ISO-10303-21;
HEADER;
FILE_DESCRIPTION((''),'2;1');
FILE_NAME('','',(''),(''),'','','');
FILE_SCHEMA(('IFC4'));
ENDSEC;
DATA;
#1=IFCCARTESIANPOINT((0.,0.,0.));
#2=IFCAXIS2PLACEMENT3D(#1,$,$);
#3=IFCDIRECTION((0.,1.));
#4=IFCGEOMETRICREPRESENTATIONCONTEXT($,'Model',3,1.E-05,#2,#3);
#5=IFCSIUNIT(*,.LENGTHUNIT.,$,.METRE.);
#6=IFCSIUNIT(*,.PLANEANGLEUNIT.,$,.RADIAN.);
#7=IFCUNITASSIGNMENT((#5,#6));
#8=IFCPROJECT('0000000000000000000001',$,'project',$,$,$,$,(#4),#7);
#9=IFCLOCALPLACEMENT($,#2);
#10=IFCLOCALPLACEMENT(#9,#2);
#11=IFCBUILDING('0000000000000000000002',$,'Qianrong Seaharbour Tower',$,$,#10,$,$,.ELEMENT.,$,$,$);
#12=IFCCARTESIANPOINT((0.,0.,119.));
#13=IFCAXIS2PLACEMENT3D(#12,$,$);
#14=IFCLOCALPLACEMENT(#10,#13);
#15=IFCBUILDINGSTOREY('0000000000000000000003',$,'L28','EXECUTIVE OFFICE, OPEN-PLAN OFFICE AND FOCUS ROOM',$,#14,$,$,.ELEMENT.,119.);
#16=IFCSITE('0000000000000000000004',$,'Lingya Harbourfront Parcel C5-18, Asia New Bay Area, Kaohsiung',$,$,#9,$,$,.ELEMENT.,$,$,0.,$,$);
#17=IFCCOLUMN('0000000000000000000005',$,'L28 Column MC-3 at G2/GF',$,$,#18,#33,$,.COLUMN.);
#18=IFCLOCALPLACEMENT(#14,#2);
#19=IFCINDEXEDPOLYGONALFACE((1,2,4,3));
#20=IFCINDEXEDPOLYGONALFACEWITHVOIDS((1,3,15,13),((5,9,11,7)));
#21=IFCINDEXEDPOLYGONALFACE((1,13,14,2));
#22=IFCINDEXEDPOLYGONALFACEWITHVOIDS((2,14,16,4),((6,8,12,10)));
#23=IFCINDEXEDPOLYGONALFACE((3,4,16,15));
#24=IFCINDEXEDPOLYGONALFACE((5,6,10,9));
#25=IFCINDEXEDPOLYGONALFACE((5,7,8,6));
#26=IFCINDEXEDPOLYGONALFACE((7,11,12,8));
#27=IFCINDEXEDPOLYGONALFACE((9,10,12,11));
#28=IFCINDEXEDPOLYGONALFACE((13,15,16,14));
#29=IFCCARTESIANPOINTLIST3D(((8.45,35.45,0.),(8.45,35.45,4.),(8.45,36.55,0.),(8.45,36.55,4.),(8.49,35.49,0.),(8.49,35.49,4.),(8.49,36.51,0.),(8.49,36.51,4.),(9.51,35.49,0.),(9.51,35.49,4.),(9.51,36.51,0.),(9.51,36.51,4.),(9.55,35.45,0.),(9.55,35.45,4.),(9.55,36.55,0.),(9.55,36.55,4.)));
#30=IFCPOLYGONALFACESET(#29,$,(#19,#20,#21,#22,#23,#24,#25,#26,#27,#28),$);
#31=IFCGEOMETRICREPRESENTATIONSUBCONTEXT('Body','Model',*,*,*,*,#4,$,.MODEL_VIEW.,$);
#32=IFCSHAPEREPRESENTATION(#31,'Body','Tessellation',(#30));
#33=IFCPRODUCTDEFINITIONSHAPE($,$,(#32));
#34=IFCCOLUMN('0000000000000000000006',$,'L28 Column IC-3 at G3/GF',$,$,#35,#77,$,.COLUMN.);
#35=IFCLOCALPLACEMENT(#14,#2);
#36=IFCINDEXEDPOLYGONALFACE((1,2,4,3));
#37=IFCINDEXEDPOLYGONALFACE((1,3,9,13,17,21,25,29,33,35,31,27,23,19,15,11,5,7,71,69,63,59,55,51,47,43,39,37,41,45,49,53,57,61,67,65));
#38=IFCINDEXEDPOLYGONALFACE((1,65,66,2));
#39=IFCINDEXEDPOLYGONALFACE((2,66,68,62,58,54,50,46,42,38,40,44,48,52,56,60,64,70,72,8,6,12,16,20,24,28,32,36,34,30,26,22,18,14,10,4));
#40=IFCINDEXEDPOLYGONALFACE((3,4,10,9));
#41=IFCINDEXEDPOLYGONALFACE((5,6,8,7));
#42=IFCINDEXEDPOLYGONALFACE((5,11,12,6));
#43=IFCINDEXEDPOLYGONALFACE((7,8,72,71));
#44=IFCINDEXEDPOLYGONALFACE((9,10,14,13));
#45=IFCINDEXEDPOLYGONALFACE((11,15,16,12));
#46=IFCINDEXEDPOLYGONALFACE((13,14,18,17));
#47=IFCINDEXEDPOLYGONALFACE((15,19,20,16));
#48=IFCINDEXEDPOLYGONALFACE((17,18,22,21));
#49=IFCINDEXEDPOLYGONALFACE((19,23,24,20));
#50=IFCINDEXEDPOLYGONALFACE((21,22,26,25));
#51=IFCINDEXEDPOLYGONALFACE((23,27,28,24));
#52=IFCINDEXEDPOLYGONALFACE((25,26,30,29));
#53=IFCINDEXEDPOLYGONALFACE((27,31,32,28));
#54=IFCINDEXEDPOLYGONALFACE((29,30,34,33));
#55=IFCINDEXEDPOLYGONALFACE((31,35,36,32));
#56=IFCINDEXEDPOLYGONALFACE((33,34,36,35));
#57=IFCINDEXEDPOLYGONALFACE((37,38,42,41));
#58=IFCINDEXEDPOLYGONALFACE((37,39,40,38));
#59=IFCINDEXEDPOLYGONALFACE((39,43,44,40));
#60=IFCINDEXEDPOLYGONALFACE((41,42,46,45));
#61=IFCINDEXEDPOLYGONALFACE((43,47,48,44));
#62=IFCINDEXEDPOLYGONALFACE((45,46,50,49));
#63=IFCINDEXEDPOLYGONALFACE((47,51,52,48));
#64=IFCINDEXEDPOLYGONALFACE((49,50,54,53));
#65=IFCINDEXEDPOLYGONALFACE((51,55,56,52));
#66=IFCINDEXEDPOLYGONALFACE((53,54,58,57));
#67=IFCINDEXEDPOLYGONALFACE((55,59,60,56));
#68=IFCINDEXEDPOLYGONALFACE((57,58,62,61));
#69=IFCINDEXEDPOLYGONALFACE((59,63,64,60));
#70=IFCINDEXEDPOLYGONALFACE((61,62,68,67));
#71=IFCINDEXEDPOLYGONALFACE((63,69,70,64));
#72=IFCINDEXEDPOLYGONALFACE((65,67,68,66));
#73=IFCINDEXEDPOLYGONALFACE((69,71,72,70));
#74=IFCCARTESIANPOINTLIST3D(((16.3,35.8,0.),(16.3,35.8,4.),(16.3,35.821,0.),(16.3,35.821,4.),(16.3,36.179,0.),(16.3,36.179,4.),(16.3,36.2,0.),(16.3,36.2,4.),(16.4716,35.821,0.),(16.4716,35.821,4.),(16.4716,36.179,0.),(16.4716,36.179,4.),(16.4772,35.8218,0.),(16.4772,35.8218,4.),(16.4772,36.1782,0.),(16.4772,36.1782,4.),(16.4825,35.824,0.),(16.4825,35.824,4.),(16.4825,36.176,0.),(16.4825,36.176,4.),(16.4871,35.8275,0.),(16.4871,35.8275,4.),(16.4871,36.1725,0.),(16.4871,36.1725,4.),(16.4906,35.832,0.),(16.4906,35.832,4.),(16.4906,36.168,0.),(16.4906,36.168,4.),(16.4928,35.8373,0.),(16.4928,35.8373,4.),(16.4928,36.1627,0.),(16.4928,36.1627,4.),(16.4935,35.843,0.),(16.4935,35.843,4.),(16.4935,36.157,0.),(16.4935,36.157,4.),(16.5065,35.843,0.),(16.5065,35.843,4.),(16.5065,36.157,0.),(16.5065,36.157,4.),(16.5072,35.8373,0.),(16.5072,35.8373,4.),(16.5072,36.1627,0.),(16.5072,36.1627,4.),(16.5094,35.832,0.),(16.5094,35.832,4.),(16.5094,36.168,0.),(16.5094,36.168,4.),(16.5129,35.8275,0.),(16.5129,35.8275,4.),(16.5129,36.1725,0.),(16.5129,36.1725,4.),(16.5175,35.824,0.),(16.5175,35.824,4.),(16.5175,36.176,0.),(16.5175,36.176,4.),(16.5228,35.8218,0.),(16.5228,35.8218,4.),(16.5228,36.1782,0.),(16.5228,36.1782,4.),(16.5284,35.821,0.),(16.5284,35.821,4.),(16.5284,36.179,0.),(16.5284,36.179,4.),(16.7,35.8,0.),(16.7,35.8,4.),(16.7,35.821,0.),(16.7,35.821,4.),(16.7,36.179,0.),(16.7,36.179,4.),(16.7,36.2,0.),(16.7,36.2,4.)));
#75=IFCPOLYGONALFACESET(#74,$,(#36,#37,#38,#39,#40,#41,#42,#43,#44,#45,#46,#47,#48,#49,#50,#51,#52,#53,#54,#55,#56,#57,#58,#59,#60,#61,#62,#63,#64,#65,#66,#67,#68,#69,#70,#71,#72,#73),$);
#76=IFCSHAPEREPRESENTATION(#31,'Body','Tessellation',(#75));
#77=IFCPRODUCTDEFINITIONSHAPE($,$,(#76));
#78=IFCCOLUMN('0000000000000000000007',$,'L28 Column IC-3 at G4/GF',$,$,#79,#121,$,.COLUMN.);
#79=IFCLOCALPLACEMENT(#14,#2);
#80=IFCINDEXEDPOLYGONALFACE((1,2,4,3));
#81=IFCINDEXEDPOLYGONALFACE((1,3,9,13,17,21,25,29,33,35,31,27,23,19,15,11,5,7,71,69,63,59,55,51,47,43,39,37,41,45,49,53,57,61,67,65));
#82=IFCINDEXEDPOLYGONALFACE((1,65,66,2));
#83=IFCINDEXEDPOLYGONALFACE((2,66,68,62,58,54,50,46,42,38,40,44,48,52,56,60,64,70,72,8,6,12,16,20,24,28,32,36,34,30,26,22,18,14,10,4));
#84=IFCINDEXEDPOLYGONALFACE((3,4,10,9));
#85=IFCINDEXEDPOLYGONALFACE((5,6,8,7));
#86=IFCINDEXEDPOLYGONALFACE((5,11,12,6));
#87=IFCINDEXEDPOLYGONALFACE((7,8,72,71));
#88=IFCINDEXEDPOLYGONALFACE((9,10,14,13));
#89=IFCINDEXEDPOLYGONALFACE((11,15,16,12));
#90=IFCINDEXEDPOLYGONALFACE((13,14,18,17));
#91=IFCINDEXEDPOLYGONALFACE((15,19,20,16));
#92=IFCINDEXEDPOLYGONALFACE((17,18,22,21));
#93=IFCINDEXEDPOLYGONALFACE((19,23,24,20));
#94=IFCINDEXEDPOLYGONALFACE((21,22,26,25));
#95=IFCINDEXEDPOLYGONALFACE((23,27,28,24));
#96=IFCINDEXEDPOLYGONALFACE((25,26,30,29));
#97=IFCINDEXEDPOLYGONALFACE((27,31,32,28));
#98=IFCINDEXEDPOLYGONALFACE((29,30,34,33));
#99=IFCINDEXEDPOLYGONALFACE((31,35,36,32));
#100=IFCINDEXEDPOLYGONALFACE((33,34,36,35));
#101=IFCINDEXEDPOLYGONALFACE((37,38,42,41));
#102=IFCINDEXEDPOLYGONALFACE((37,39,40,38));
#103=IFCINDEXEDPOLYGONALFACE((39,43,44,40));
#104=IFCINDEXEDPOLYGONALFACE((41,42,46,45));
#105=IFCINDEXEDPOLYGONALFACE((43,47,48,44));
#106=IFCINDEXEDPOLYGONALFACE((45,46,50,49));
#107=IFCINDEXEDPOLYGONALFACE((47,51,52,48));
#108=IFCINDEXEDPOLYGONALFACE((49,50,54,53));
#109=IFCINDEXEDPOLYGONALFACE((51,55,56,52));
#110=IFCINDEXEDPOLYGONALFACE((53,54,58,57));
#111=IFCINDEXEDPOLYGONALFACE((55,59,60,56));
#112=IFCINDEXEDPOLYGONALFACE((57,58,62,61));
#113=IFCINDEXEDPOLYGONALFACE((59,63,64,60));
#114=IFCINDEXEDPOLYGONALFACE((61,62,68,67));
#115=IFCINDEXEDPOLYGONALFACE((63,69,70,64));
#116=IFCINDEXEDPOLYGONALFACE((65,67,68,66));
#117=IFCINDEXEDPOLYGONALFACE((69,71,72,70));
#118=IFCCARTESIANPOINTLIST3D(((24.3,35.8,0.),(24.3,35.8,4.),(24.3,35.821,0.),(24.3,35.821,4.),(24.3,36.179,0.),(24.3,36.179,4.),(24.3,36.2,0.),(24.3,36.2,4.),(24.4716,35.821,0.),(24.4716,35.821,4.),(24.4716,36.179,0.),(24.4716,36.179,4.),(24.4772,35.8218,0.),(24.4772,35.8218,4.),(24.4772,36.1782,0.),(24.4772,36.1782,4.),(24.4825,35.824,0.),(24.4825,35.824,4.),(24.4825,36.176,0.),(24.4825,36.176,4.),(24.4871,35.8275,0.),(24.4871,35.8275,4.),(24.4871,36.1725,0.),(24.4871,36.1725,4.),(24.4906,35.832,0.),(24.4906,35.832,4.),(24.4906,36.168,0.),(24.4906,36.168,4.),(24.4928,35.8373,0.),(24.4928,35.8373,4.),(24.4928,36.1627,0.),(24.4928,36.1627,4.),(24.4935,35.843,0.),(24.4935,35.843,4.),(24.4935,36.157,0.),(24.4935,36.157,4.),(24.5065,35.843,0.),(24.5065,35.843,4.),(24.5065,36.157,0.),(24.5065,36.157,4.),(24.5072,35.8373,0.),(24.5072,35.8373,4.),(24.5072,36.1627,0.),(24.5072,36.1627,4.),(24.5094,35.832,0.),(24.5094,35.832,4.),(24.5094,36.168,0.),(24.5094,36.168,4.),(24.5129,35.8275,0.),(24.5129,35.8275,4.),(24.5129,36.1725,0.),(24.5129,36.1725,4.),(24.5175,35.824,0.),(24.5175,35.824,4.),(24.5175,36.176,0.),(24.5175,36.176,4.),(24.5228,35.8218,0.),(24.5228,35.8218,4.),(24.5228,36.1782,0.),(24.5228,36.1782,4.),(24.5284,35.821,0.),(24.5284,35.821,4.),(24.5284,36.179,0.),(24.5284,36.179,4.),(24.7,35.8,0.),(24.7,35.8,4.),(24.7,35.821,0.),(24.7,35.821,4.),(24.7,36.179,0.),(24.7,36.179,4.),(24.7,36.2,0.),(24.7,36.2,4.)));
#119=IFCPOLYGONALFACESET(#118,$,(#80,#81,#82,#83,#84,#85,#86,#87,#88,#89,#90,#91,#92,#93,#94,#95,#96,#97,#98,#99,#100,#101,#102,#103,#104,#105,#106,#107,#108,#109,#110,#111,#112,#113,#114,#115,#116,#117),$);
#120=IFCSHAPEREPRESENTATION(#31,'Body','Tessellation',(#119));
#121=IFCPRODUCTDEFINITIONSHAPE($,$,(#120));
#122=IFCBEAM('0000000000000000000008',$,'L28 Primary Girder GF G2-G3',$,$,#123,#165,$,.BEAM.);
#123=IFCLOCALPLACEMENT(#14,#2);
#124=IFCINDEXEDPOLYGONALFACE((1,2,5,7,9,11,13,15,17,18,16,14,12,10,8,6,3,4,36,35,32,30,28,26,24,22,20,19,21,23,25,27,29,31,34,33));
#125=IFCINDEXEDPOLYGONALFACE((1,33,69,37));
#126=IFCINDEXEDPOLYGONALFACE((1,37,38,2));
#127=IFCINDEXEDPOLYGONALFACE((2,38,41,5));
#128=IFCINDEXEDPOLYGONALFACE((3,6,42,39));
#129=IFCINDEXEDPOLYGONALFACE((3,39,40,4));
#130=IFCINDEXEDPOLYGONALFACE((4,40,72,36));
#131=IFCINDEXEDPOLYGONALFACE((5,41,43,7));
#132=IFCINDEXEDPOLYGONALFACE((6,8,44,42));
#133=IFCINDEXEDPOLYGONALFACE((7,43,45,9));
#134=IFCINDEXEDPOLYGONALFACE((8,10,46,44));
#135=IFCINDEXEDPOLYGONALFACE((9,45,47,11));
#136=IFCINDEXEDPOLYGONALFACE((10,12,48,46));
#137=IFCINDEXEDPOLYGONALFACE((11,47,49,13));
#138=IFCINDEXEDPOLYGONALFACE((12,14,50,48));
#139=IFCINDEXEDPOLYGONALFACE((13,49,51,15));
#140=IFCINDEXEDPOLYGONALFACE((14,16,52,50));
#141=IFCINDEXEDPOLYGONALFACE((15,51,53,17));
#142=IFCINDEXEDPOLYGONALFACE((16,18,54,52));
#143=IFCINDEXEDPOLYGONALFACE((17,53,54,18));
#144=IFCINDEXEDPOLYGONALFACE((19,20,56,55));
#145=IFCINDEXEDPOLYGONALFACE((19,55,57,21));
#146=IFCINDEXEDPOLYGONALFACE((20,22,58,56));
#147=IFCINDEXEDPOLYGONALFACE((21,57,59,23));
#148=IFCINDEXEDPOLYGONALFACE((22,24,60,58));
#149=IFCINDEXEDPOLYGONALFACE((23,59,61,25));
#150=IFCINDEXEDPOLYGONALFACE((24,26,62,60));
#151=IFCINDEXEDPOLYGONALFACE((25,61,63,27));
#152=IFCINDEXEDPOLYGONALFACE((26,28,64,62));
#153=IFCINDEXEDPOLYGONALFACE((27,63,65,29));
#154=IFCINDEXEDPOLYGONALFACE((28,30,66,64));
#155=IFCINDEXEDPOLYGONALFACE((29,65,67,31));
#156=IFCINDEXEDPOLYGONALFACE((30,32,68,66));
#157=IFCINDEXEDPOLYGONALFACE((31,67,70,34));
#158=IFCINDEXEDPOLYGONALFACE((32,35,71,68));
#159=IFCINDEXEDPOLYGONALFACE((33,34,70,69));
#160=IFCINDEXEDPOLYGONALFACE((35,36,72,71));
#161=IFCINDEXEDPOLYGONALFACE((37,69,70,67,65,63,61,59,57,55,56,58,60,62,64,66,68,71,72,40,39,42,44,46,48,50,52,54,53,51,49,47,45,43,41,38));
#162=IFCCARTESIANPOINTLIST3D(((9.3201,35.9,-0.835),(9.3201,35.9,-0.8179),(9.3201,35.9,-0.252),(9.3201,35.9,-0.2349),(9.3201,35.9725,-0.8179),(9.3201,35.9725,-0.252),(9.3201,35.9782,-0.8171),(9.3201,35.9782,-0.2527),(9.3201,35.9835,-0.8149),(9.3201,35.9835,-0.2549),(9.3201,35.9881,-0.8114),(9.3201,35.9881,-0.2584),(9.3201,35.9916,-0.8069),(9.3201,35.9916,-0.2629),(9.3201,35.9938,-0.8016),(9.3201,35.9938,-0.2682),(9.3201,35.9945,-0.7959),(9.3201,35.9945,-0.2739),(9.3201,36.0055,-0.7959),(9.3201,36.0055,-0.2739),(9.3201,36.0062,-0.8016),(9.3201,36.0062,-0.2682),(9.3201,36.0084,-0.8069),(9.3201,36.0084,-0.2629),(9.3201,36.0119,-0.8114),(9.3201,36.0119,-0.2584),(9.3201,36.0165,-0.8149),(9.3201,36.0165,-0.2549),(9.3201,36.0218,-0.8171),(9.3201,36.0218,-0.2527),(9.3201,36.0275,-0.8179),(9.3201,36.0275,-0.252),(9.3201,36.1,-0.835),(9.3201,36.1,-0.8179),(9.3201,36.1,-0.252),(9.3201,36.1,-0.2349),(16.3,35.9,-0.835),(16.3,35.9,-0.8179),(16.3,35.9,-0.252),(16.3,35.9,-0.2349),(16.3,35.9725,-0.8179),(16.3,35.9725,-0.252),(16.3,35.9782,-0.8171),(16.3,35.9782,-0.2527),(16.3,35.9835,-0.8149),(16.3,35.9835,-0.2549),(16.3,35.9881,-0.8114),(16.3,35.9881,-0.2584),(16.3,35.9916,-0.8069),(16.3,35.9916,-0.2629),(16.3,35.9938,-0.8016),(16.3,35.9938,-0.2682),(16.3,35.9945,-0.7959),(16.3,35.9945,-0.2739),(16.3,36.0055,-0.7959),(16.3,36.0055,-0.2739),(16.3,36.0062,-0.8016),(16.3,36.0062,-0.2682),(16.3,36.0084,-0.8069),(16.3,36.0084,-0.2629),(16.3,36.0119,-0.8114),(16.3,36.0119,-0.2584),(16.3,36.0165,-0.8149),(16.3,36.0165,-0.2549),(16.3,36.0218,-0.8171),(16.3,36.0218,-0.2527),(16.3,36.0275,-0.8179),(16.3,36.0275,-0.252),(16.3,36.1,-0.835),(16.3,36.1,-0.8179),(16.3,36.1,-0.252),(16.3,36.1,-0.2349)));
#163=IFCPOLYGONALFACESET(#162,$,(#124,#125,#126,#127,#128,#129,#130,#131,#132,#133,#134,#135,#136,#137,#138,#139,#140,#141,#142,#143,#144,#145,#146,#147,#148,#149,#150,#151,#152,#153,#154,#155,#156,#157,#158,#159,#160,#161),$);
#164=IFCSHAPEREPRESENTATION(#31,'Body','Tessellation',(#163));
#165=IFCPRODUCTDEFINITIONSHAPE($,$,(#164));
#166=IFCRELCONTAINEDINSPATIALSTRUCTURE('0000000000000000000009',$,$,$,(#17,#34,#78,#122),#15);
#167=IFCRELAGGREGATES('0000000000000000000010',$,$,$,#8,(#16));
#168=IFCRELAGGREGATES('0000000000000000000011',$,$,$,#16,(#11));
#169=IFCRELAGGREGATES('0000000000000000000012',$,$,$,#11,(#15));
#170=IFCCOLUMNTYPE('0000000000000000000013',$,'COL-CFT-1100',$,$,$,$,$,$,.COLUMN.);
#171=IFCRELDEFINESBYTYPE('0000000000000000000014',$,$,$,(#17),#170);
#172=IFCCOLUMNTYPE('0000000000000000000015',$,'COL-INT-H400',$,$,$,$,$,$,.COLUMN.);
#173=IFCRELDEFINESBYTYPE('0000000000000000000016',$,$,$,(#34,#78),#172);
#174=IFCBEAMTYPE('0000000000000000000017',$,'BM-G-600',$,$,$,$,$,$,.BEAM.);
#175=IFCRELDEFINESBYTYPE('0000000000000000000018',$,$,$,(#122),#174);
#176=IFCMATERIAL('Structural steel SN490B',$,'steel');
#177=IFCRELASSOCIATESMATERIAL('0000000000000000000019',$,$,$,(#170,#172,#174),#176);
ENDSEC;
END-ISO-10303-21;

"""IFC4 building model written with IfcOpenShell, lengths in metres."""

from ifc_helpers import new_model, si_unit, direction, frame, origin, origin_2d, place, context, subcontext, project, spatial, hollow_rectangle, i_section, extrude, material, material_profile, profile_set, type_object, element, save


model = new_model("IFC4")

# Units and contexts
model_context = context("Model", 3, precision=1e-05, world=origin(), true_north=direction((0.0, 1.0)))
body_context = subcontext(model_context, "Body", "Model", "MODEL_VIEW")
ifc_project = project(units=[si_unit("LENGTHUNIT", "METRE"), si_unit("PLANEANGLEUNIT", "RADIAN")], contexts=[model_context])

# Site, building, storey
site_placement = place(None, origin())
site = spatial("IfcSite", under=ifc_project, at=site_placement, Name="Lingya Harbourfront Parcel C5-18, Asia New Bay Area, Kaohsiung", CompositionType="ELEMENT", RefElevation=0.0)
building_placement = place(site_placement, origin())
building = spatial("IfcBuilding", under=site, at=building_placement, Name="Qianrong Seaharbour Tower", CompositionType="ELEMENT")
storey_placement = place(building_placement, frame((0.0, 0.0, 119.0)))
storey = spatial("IfcBuildingStorey", under=building, at=storey_placement, Name="L28", Description="EXECUTIVE OFFICE, OPEN-PLAN OFFICE AND FOCUS ROOM", CompositionType="ELEMENT", Elevation=119.0)

# Columns
ifc_material_1 = material(Name="Structural steel SN490B", Category="steel")
ifc_material_profile_1 = material_profile(ifc_material_1, hollow_rectangle(XDim=1.1001, YDim=1.1001, WallThickness=0.04, at=origin_2d()), Name="BOX1100x1100x40")
ifc_profile_set_1 = profile_set([ifc_material_profile_1], Name="Structural steel SN490B")
column_type_1 = type_object("IfcColumnType", Name="COL-CFT-1100", PredefinedType="COLUMN", material=ifc_profile_set_1)
column_placement = place(storey_placement, frame((9.0, 36.0, 0.0), z_axis=(0.0, 0.0, 1.0), x_axis=(1.0, 0.0, 0.0)))
element("IfcColumn", 1, at=column_placement, inside=storey, type_object=column_type_1, Name="L28 Column MC-3 at G2/GF", PredefinedType="COLUMN", context=body_context, shape_type="SweptSolid", body=[
    extrude(hollow_rectangle(XDim=1.1001, YDim=1.1001, WallThickness=0.04, at=origin_2d()), origin(), (0.0, 0.0, 1.0), 4.0),
])
ifc_material_profile_2 = material_profile(ifc_material_1, i_section(OverallWidth=0.3999, OverallDepth=0.3999, WebThickness=0.0129, FlangeThickness=0.021, FilletRadius=0.022, at=origin_2d()), Name="H400x400x13x21")
ifc_profile_set_2 = profile_set([ifc_material_profile_2], Name="Structural steel SN490B")
column_type_2 = type_object("IfcColumnType", Name="COL-INT-H400", PredefinedType="COLUMN", material=ifc_profile_set_2)
for number, where, z_axis, x_axis, name in (
    (2, (16.5, 36.0, 0.0), (0.0, 0.0, 1.0), (1.0, 0.0, 0.0), "L28 Column IC-3 at G3/GF"),
    (3, (24.5, 36.0, 0.0), (0.0, 0.0, 1.0), (1.0, 0.0, 0.0), "L28 Column IC-3 at G4/GF"),
):
    element("IfcColumn", number, at=place(storey_placement, frame(where, z_axis=z_axis, x_axis=x_axis)), inside=storey, type_object=column_type_2, Name=name, PredefinedType="COLUMN", context=body_context, shape_type="SweptSolid", body=[
        extrude(i_section(OverallWidth=0.3999, OverallDepth=0.3999, WebThickness=0.0129, FlangeThickness=0.021, FilletRadius=0.022, at=origin_2d()), origin(), (0.0, 0.0, 1.0), 4.0),
    ])

# Beam
ifc_material_profile_3 = material_profile(ifc_material_1, i_section(OverallWidth=0.2, OverallDepth=0.6001, WebThickness=0.011, FlangeThickness=0.0171, FilletRadius=0.022, at=origin_2d()), Name="H600x200x11x17")
ifc_profile_set_3 = profile_set([ifc_material_profile_3], Name="Structural steel SN490B")
beam_type_1 = type_object("IfcBeamType", Name="BM-G-600", PredefinedType="BEAM", material=ifc_profile_set_3)
beam_1_placement = place(storey_placement, frame((9.3201, 36.0, -0.5349), z_axis=(1.0, 0.0, 0.0), x_axis=(0.0, 1.0, 0.0)))
element("IfcBeam", 4, at=beam_1_placement, inside=storey, type_object=beam_type_1, Name="L28 Primary Girder GF G2-G3", PredefinedType="BEAM", context=body_context, shape_type="SweptSolid", body=[
    extrude(i_section(OverallWidth=0.2, OverallDepth=0.6001, WebThickness=0.011, FlangeThickness=0.0171, FilletRadius=0.022, at=origin_2d()), origin(), (0.0, 0.0, 1.0), 6.98),
])

save(model, "model.ifc")
